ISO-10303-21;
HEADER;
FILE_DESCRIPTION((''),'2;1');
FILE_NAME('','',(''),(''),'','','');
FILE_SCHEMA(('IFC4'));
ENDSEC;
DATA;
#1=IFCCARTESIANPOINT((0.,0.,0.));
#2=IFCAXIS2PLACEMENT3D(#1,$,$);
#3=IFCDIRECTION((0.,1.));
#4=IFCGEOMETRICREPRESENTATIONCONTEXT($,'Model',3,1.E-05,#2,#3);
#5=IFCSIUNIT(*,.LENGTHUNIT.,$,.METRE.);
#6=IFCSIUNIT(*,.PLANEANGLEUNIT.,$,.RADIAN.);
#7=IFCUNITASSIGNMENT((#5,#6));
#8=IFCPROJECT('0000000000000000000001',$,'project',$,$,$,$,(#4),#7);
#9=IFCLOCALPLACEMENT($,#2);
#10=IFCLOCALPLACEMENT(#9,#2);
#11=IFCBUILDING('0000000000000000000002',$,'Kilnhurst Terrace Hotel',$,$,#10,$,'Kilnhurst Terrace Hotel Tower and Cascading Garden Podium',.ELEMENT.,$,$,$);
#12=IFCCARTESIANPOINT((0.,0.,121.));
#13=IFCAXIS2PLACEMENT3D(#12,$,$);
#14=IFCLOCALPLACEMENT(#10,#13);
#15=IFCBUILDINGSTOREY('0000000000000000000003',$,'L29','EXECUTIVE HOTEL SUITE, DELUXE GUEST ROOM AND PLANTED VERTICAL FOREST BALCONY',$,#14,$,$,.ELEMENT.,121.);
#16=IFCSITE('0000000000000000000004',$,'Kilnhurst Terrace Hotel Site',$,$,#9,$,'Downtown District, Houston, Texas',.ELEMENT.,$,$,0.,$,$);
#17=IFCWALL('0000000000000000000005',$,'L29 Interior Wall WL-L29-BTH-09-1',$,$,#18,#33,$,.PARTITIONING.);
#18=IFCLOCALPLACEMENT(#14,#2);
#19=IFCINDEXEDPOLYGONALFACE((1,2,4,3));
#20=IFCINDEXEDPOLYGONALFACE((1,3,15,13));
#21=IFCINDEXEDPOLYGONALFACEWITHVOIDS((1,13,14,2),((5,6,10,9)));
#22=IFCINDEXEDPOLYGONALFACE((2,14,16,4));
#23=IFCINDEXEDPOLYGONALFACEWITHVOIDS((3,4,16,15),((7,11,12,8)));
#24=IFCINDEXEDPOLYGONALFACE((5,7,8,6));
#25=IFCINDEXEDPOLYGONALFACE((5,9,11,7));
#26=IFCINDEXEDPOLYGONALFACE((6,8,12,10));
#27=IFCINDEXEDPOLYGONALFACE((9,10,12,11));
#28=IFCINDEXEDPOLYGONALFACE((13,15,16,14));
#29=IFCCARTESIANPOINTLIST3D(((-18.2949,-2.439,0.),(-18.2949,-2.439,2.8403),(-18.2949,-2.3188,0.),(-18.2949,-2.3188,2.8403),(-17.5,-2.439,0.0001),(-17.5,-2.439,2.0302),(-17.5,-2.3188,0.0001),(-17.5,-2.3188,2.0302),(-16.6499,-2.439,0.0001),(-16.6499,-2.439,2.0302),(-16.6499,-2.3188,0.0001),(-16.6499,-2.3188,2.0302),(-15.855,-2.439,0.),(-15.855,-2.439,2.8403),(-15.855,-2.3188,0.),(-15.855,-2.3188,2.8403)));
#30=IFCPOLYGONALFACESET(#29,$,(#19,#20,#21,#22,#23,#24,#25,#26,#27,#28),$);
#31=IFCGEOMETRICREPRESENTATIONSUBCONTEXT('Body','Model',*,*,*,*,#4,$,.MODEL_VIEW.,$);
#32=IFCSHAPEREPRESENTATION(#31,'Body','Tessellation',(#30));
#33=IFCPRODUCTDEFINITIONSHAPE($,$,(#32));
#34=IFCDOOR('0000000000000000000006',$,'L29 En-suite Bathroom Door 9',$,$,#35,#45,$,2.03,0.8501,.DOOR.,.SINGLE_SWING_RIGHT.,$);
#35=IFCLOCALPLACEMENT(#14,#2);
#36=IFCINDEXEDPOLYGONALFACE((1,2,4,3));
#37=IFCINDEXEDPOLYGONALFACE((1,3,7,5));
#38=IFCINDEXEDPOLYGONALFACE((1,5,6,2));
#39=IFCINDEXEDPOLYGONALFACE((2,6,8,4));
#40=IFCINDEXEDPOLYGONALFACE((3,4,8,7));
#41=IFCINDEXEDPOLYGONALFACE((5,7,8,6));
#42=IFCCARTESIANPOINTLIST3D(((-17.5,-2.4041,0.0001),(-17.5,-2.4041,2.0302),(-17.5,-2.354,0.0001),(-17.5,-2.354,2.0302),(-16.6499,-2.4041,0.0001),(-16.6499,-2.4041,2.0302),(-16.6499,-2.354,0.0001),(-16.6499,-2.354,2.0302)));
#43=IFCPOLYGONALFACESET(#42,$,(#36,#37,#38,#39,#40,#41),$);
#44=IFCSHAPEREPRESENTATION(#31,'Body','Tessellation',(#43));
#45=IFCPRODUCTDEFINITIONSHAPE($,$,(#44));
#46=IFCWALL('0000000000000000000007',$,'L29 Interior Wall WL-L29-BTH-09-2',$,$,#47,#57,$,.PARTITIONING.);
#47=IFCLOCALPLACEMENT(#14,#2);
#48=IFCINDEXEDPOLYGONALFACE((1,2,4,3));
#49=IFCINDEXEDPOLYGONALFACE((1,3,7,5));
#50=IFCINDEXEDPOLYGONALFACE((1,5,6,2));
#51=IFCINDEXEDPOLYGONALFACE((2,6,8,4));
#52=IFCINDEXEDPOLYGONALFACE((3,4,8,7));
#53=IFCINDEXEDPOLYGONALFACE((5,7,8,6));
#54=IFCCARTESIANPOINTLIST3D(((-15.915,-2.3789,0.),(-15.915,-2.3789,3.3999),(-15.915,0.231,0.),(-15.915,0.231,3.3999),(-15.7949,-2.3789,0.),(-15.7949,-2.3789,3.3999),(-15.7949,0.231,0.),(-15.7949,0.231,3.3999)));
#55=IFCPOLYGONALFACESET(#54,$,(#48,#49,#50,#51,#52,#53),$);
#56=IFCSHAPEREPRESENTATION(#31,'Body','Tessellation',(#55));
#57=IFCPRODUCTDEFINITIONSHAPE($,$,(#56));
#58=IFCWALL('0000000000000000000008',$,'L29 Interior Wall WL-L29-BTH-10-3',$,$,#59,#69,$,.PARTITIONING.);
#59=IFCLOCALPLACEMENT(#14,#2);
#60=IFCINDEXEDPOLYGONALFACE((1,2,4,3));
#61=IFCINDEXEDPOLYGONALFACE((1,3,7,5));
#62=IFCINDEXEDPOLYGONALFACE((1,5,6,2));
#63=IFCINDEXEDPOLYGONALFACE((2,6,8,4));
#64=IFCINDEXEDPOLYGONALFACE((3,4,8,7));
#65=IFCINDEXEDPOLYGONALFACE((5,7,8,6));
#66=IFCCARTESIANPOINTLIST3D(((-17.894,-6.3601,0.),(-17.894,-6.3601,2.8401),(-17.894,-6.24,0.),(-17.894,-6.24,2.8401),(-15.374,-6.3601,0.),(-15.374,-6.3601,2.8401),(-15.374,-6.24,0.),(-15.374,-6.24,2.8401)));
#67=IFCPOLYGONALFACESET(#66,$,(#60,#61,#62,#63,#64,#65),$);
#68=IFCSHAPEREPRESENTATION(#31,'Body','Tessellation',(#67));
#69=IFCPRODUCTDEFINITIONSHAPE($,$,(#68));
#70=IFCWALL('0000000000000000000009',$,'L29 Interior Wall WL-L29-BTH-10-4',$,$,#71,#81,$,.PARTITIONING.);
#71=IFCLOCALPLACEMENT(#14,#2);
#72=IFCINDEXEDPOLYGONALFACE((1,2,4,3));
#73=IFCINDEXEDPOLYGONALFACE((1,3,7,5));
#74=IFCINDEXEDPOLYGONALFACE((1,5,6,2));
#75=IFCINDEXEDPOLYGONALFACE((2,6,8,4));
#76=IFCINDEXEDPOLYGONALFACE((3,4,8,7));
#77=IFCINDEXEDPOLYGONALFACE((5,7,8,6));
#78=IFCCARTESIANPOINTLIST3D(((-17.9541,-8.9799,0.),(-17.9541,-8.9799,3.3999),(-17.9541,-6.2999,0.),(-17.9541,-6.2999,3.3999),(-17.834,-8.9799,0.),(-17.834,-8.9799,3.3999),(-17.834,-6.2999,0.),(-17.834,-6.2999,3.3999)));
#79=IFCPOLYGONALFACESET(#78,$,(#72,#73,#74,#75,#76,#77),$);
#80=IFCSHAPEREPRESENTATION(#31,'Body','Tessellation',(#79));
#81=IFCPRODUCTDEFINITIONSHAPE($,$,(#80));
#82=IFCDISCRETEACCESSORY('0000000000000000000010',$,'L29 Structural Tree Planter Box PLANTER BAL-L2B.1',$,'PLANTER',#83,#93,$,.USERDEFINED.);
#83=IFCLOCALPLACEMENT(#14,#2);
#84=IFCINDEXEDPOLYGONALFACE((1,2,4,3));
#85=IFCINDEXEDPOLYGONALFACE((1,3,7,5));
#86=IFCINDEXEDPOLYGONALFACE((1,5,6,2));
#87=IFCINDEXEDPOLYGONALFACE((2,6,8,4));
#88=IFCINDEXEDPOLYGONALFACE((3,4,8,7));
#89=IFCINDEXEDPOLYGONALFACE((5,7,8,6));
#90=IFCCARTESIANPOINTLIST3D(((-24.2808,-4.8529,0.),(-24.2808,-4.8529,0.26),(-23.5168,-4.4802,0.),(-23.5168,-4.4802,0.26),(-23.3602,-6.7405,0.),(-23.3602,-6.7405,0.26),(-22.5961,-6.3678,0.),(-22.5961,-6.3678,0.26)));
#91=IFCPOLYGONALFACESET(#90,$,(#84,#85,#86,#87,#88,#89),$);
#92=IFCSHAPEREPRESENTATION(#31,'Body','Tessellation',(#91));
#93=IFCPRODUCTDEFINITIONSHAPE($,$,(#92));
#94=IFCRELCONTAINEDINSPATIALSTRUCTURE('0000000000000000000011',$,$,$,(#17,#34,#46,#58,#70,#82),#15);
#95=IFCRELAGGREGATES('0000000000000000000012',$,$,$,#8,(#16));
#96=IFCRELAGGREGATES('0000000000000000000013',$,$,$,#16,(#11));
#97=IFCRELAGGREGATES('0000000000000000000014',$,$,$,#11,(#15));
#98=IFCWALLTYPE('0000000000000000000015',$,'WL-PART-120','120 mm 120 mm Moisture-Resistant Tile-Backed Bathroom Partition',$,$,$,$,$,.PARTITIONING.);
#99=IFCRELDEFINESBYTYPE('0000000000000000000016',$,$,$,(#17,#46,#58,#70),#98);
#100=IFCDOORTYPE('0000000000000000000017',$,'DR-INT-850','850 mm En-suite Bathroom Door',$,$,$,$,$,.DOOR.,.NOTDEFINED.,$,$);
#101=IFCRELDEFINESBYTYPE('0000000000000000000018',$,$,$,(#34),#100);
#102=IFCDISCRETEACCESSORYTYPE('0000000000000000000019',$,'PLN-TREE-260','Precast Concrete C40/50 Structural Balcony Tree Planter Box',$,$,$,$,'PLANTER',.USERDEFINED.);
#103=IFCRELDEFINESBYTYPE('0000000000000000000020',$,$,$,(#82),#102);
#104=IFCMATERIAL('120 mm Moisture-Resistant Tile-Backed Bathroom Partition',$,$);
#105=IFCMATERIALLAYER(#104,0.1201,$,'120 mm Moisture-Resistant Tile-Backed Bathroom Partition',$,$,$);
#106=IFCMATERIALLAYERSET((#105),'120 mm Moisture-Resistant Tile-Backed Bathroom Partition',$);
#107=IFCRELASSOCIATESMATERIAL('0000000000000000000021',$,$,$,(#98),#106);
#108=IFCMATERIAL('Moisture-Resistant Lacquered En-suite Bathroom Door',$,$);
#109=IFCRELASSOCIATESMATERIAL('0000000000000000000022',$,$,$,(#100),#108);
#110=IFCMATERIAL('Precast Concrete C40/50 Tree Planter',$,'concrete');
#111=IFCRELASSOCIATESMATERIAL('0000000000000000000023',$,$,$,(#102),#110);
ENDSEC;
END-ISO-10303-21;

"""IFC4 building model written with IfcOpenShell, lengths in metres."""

from ifc_helpers import new_model, si_unit, direction, frame, frame_2d, origin, origin_2d, place, context, subcontext, project, spatial, rectangle, extrude, material, layer, layer_set, type_object, element, fill, save


model = new_model("IFC4")

# Units and contexts
model_context = context("Model", 3, precision=1e-05, world=origin(), true_north=direction((0.0, 1.0)))
body_context = subcontext(model_context, "Body", "Model", "MODEL_VIEW")
ifc_project = project(units=[si_unit("LENGTHUNIT", "METRE"), si_unit("PLANEANGLEUNIT", "RADIAN")], contexts=[model_context])

# Site, building, storey
site_placement = place(None, origin())
site = spatial("IfcSite", under=ifc_project, at=site_placement, Name="Kilnhurst Terrace Hotel Site", LongName="Downtown District, Houston, Texas", CompositionType="ELEMENT", RefElevation=0.0)
building_placement = place(site_placement, origin())
building = spatial("IfcBuilding", under=site, at=building_placement, Name="Kilnhurst Terrace Hotel", LongName="Kilnhurst Terrace Hotel Tower and Cascading Garden Podium", CompositionType="ELEMENT")
storey_placement = place(building_placement, frame((0.0, 0.0, 121.0)))
storey = spatial("IfcBuildingStorey", under=building, at=storey_placement, Name="L29", Description="EXECUTIVE HOTEL SUITE, DELUXE GUEST ROOM AND PLANTED VERTICAL FOREST BALCONY", CompositionType="ELEMENT", Elevation=121.0)

# Wall, opening, door
ifc_material_1 = material(Name="120 mm Moisture-Resistant Tile-Backed Bathroom Partition")
ifc_layer_1 = layer(ifc_material_1, 0.1201, Name="120 mm Moisture-Resistant Tile-Backed Bathroom Partition")
ifc_layer_set_1 = layer_set([ifc_layer_1], Name="120 mm Moisture-Resistant Tile-Backed Bathroom Partition")
wall_type_1 = type_object("IfcWallType", Name="WL-PART-120", Description="120 mm 120 mm Moisture-Resistant Tile-Backed Bathroom Partition", PredefinedType="PARTITIONING", material=ifc_layer_set_1)
wall_1_placement = place(storey_placement, frame((-18.2949, -2.3789, 0.0), z_axis=(0.0, 0.0, 1.0), x_axis=(1.0, 0.0, 0.0)))
wall_1 = element("IfcWall", 1, at=wall_1_placement, inside=storey, type_object=wall_type_1, Name="L29 Interior Wall WL-L29-BTH-09-1", PredefinedType="PARTITIONING", context=body_context, shape_type="SweptSolid", body=[
    extrude(rectangle(XDim=2.4399, YDim=0.1201, at=frame_2d((1.22, 0.0))), origin(), (0.0, 0.0, 1.0), 2.8403),
])
opening_1_placement = place(wall_1_placement, frame((0.7949, 0.0, 0.0)))
opening_1 = element("IfcOpeningElement", 2, at=opening_1_placement, cuts=wall_1, PredefinedType="OPENING", context=body_context, shape_type="SweptSolid", body=[
    extrude(rectangle(XDim=0.8501, YDim=2.03, at=frame_2d((0.425, 1.0151))), frame((0.0, 0.0701, 0.0), z_axis=(0.0, -1.0, 0.0), x_axis=(1.0, 0.0, 0.0)), (0.0, 0.0, 1.0), 0.1401),
])
ifc_material_2 = material(Name="Moisture-Resistant Lacquered En-suite Bathroom Door")
door_type_1 = type_object("IfcDoorType", Name="DR-INT-850", Description="850 mm En-suite Bathroom Door", OperationType="NOTDEFINED", PredefinedType="DOOR", material=ifc_material_2)
door_1_placement = place(opening_1_placement, origin())
door_1 = element("IfcDoor", 3, at=door_1_placement, inside=storey, type_object=door_type_1, Name="L29 En-suite Bathroom Door 9", OperationType="SINGLE_SWING_RIGHT", OverallHeight=2.03, OverallWidth=0.8501, PredefinedType="DOOR", context=body_context, shape_type="SweptSolid", body=[
    extrude(rectangle(XDim=0.8501, YDim=2.03, at=frame_2d((0.425, 1.0151))), frame((0.0, 0.0249, 0.0), z_axis=(0.0, -1.0, 0.0), x_axis=(1.0, 0.0, 0.0)), (0.0, 0.0, 1.0), 0.05),
])
fill(opening_1, door_1)

# Walls
wall_2_placement = place(storey_placement, frame((-15.855, -2.3789, 0.0), z_axis=(0.0, 0.0, 1.0), x_axis=(0.0, 1.0, 0.0)))
element("IfcWall", 4, at=wall_2_placement, inside=storey, type_object=wall_type_1, Name="L29 Interior Wall WL-L29-BTH-09-2", PredefinedType="PARTITIONING", context=body_context, shape_type="SweptSolid", body=[
    extrude(rectangle(XDim=2.6099, YDim=0.1201, at=frame_2d((1.3049, 0.0))), origin(), (0.0, 0.0, 1.0), 3.3999),
])
wall_3_placement = place(storey_placement, frame((-15.374, -6.3, 0.0), z_axis=(0.0, 0.0, 1.0), x_axis=(-1.0, 0.0, 0.0)))
element("IfcWall", 5, at=wall_3_placement, inside=storey, type_object=wall_type_1, Name="L29 Interior Wall WL-L29-BTH-10-3", PredefinedType="PARTITIONING", context=body_context, shape_type="SweptSolid", body=[
    extrude(rectangle(XDim=2.52, YDim=0.1201, at=frame_2d((1.26, 0.0))), origin(), (0.0, 0.0, 1.0), 2.8401),
])
wall_4_placement = place(storey_placement, frame((-17.894, -6.3, 0.0), z_axis=(0.0, 0.0, 1.0), x_axis=(0.0, -1.0, 0.0)))
element("IfcWall", 6, at=wall_4_placement, inside=storey, type_object=wall_type_1, Name="L29 Interior Wall WL-L29-BTH-10-4", PredefinedType="PARTITIONING", context=body_context, shape_type="SweptSolid", body=[
    extrude(rectangle(XDim=2.6799, YDim=0.1201, at=frame_2d((1.3398, 0.0))), origin(), (0.0, 0.0, 1.0), 3.3999),
])

# Discrete accessory
ifc_material_3 = material(Name="Precast Concrete C40/50 Tree Planter", Category="concrete")
discrete_accessory_type = type_object("IfcDiscreteAccessoryType", Name="PLN-TREE-260", Description="Precast Concrete C40/50 Structural Balcony Tree Planter Box", ElementType="PLANTER", PredefinedType="USERDEFINED", material=ifc_material_3)
discrete_accessory_placement = place(storey_placement, frame((-23.4385, -5.6104, 0.0), z_axis=(0.0, 0.0, 1.0), x_axis=(0.438387, -0.898786, 0.0)))
element("IfcDiscreteAccessory", 7, at=discrete_accessory_placement, inside=storey, type_object=discrete_accessory_type, Name="L29 Structural Tree Planter Box PLANTER BAL-L2B.1", ObjectType="PLANTER", PredefinedType="USERDEFINED", context=body_context, shape_type="SweptSolid", body=[
    extrude(rectangle(XDim=2.1001, YDim=0.8501, at=origin_2d()), origin(), (0.0, 0.0, 1.0), 0.26),
])

save(model, "model.ifc")
